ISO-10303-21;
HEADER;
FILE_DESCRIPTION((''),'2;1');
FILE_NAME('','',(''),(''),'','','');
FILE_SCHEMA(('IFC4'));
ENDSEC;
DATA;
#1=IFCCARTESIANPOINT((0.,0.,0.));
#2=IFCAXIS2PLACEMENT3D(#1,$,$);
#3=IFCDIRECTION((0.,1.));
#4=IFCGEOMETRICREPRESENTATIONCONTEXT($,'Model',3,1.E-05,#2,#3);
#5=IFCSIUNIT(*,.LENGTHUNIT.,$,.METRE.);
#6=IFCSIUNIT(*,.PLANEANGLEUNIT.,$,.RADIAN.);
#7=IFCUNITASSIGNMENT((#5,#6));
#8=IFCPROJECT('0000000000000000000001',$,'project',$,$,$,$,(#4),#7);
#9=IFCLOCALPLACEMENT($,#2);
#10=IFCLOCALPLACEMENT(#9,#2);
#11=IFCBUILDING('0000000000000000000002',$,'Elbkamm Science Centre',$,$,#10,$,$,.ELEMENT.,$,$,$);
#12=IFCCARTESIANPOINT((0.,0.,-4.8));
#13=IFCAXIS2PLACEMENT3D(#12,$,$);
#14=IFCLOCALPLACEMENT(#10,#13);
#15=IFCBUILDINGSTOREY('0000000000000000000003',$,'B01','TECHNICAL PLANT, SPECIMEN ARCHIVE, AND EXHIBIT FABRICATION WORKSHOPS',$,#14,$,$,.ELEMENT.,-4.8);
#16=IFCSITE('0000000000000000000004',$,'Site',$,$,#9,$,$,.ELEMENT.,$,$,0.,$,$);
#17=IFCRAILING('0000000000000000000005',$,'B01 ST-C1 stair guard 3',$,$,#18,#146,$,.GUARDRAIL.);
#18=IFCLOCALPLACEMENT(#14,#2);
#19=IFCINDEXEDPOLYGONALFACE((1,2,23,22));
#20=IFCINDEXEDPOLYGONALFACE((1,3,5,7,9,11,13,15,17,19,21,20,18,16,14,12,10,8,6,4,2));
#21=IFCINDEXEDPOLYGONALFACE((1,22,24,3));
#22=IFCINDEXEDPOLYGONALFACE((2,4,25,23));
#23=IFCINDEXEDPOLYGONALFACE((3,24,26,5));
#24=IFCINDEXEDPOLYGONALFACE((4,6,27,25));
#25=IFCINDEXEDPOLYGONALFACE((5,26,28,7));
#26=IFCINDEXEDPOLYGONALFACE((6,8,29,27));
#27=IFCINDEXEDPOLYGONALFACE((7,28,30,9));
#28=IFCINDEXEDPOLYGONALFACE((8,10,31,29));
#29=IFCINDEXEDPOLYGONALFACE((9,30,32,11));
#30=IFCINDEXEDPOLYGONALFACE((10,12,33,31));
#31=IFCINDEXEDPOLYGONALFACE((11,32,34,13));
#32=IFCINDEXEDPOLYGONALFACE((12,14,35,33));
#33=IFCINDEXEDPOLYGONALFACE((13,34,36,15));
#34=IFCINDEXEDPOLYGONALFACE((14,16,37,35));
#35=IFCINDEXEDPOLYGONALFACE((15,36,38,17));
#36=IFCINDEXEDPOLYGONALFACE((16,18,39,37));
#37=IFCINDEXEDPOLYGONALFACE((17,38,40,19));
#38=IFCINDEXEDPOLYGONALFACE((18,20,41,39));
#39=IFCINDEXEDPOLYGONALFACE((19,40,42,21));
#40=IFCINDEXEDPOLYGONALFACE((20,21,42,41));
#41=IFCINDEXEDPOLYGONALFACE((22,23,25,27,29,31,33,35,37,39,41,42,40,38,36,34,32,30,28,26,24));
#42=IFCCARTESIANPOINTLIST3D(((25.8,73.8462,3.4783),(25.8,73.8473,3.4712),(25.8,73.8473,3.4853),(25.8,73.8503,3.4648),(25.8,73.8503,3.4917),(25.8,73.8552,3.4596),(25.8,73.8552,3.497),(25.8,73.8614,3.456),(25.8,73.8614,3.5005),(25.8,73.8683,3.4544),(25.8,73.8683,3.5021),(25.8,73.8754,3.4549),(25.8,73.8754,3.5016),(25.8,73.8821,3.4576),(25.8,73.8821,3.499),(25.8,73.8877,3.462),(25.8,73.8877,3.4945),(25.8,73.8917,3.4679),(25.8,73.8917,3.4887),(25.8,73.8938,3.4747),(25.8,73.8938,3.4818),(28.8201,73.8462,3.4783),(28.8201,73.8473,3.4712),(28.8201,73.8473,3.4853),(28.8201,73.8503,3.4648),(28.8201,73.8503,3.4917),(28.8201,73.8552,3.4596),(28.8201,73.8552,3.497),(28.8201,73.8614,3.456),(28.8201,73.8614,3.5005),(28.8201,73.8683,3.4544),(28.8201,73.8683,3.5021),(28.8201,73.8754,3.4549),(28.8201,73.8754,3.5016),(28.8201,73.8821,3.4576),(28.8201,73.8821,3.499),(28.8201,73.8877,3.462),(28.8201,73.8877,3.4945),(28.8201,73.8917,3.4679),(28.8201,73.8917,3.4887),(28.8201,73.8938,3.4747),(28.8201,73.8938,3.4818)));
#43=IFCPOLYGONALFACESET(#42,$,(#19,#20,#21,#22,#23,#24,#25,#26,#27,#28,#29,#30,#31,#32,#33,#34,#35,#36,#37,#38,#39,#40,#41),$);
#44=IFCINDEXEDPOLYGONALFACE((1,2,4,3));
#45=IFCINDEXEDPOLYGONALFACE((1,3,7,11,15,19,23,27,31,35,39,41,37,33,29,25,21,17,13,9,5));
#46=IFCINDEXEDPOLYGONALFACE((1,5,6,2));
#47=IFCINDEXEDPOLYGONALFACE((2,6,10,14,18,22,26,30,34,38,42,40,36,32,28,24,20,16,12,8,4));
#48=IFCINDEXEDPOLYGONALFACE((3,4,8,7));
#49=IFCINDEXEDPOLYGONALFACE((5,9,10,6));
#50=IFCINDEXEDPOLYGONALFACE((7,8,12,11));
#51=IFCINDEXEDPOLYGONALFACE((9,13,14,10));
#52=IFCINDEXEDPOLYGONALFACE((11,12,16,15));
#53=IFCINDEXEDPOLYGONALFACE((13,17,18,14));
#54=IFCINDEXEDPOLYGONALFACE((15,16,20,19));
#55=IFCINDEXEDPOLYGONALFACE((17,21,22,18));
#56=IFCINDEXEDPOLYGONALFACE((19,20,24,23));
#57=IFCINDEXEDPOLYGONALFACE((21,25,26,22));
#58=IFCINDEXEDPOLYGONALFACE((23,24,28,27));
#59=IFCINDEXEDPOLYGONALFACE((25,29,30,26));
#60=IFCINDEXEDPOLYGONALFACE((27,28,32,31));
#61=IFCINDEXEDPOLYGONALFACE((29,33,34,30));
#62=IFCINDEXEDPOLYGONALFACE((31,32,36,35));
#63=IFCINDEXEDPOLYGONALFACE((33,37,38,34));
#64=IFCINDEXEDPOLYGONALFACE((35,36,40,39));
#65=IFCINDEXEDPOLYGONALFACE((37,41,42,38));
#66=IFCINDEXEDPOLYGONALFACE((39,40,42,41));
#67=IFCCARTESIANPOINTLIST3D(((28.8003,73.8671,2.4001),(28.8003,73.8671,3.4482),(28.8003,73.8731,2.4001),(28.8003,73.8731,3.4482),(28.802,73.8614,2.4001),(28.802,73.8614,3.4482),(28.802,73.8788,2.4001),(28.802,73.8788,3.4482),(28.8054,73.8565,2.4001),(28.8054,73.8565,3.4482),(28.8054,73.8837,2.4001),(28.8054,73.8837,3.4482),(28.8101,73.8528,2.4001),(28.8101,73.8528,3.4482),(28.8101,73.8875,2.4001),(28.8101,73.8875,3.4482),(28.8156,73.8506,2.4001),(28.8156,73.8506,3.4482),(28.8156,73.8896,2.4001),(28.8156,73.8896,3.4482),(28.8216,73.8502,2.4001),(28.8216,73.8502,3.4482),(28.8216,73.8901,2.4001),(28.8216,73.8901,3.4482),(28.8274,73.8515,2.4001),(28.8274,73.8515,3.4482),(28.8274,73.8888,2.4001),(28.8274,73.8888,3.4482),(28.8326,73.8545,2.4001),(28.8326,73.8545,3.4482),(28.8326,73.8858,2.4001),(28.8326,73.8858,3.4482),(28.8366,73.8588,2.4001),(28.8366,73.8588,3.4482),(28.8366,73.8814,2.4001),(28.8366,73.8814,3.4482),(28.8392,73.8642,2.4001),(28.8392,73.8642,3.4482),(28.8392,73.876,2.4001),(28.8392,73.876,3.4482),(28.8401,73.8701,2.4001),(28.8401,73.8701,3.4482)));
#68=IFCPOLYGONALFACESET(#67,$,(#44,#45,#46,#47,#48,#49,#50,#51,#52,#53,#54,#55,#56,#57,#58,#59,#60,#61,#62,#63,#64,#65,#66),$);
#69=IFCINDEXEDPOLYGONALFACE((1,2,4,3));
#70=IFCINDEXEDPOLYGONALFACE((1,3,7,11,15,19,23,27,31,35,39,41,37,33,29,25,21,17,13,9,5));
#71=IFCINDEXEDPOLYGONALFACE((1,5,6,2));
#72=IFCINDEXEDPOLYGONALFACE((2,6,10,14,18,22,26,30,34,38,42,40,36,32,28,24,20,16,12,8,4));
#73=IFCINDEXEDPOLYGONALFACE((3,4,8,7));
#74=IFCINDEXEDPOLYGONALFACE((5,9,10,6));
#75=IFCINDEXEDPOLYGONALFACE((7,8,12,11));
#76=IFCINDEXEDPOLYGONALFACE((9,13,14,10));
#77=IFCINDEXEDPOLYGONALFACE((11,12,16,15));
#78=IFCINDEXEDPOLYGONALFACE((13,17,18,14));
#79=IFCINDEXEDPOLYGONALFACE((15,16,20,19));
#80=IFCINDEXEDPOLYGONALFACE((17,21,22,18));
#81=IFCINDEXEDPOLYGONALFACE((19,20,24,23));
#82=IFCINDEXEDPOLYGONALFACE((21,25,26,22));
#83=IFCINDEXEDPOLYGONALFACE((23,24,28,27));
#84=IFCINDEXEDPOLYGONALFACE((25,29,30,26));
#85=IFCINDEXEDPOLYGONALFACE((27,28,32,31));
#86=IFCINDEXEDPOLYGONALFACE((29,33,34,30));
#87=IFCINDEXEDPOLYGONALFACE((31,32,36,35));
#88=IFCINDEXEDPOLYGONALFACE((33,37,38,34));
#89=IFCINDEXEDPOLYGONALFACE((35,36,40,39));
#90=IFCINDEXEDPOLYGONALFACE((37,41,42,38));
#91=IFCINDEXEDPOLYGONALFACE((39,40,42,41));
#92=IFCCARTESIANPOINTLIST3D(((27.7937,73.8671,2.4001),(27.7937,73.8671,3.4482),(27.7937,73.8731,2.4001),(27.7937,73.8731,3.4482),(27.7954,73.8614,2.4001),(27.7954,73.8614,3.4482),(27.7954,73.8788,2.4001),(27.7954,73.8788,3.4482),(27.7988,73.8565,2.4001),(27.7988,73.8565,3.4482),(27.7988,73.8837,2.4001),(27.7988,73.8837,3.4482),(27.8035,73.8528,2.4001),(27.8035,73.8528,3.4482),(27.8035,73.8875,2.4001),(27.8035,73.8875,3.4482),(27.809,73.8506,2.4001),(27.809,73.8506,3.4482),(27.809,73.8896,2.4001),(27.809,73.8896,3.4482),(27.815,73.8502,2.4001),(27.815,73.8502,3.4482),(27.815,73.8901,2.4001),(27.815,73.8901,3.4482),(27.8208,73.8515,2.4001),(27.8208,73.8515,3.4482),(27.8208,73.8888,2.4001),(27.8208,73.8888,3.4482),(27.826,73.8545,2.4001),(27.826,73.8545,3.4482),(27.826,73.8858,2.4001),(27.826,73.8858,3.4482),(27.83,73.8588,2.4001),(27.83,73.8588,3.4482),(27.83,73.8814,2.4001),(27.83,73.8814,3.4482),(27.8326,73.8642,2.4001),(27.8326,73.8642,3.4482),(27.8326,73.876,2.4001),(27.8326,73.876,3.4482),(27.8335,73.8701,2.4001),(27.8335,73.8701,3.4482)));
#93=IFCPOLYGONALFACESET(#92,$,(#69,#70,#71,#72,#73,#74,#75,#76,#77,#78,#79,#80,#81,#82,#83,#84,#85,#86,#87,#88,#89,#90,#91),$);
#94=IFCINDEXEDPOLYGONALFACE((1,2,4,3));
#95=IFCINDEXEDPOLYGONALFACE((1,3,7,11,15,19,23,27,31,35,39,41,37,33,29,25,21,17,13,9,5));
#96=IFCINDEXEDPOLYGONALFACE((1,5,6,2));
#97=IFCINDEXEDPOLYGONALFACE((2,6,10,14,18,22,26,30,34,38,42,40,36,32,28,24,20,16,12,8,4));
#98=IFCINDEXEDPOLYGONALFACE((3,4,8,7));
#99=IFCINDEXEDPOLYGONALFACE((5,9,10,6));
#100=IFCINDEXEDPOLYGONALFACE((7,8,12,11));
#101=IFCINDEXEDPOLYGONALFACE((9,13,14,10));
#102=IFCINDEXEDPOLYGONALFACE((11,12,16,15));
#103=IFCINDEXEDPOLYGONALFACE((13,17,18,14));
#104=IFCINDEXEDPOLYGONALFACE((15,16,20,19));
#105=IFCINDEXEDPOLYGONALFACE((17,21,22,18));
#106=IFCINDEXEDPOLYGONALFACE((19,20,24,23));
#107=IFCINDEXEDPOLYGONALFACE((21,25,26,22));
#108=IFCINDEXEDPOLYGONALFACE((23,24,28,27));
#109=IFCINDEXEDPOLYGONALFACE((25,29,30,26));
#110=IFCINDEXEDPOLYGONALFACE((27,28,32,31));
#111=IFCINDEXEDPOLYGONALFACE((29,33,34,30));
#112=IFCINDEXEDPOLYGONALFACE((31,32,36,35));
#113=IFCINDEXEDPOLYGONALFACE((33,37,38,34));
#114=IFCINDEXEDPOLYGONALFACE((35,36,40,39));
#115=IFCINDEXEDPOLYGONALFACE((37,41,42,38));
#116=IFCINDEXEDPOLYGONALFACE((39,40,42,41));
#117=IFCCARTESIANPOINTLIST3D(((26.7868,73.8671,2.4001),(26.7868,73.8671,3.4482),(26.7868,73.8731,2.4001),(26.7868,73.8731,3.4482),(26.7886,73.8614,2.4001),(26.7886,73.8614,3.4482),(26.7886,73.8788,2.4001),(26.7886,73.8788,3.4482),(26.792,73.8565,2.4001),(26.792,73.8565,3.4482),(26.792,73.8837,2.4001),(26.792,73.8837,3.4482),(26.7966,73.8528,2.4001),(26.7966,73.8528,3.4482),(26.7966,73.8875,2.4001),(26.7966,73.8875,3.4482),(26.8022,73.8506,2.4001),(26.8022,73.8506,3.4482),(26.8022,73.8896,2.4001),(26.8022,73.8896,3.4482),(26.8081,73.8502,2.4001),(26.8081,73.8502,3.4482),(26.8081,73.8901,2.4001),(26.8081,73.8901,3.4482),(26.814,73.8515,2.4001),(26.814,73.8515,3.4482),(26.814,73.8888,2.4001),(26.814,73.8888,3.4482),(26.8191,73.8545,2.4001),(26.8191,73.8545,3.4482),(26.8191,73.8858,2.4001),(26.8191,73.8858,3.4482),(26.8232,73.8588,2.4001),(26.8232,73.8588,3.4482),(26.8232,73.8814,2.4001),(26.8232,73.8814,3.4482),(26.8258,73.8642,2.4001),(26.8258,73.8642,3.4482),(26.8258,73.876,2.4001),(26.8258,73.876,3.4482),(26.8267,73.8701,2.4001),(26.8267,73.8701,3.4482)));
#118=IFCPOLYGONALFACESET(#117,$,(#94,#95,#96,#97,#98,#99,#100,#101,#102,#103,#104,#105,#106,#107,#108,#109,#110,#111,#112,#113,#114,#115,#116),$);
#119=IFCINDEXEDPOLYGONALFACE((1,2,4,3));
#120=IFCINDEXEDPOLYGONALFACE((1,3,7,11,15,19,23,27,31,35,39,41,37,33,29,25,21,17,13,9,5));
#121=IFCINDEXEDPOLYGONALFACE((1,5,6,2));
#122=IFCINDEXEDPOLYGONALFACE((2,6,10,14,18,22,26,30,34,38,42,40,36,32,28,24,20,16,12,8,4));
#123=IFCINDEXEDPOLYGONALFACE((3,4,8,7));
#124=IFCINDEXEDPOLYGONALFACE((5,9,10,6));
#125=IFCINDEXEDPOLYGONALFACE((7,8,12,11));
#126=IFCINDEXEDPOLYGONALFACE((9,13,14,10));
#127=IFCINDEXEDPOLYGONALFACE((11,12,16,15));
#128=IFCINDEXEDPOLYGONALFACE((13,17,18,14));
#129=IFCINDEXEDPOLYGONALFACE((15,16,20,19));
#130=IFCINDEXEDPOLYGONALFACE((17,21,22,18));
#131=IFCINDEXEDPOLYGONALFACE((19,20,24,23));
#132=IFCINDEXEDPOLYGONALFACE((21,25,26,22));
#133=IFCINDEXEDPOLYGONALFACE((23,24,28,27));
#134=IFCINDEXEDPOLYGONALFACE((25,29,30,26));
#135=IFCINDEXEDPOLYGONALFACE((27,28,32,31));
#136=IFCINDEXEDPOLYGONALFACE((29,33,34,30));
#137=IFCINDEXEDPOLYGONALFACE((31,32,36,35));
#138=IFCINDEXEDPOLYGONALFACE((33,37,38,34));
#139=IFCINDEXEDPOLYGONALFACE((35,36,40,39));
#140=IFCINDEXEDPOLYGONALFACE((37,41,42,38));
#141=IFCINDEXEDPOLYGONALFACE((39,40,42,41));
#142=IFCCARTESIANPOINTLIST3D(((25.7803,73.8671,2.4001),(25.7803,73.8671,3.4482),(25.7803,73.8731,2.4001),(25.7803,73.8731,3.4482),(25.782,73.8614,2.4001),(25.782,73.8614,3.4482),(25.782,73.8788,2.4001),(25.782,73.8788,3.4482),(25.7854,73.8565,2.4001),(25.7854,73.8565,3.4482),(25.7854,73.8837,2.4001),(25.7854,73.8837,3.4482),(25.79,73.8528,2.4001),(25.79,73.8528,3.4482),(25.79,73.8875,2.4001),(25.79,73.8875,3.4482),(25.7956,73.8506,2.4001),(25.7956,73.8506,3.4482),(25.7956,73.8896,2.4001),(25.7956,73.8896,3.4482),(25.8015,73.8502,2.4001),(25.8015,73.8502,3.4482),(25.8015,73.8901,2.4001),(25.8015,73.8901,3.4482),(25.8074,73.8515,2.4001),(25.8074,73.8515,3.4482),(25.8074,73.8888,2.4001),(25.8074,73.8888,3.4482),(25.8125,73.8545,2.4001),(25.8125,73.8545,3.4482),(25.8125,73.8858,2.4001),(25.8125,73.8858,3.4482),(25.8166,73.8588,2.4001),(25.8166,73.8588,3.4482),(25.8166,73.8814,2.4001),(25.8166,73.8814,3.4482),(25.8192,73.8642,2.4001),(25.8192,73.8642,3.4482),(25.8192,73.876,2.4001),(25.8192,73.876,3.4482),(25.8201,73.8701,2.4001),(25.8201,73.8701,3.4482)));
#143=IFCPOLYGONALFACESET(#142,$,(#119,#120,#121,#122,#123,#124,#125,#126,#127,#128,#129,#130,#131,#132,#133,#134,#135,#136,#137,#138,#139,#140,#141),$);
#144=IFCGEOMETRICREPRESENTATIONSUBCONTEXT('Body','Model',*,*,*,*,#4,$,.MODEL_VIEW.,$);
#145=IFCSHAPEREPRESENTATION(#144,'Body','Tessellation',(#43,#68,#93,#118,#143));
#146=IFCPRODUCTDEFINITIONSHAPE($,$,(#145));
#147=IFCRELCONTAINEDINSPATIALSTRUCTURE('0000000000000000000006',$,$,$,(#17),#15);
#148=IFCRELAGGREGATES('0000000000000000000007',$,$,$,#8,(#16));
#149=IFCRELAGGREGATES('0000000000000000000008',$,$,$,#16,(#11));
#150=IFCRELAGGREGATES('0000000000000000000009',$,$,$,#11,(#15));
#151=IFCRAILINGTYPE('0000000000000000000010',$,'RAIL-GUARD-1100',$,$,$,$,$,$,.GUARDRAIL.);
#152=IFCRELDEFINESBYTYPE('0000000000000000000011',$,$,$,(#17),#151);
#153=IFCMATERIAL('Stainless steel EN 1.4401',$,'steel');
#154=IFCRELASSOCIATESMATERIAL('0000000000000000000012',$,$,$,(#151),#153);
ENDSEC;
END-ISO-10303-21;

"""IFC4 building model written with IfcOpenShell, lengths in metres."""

from ifc_helpers import new_model, si_unit, direction, frame, origin, origin_2d, place, context, subcontext, project, spatial, circle, extrude, material, type_object, element, save


model = new_model("IFC4")

# Units and contexts
model_context = context("Model", 3, precision=1e-05, world=origin(), true_north=direction((0.0, 1.0)))
body_context = subcontext(model_context, "Body", "Model", "MODEL_VIEW")
ifc_project = project(units=[si_unit("LENGTHUNIT", "METRE"), si_unit("PLANEANGLEUNIT", "RADIAN")], contexts=[model_context])

# Site, building, storey
site_placement = place(None, origin())
site = spatial("IfcSite", under=ifc_project, at=site_placement, Name="Site", CompositionType="ELEMENT", RefElevation=0.0)
building_placement = place(site_placement, origin())
building = spatial("IfcBuilding", under=site, at=building_placement, Name="Elbkamm Science Centre", CompositionType="ELEMENT")
storey_placement = place(building_placement, frame((0.0, 0.0, -4.8)))
storey = spatial("IfcBuildingStorey", under=building, at=storey_placement, Name="B01", Description="TECHNICAL PLANT, SPECIMEN ARCHIVE, AND EXHIBIT FABRICATION WORKSHOPS", CompositionType="ELEMENT", Elevation=-4.8)

# Railing
ifc_material_1 = material(Name="Stainless steel EN 1.4401", Category="steel")
railing_type_1 = type_object("IfcRailingType", Name="RAIL-GUARD-1100", PredefinedType="GUARDRAIL", material=ifc_material_1)
for number, where, name in (
    (1, (28.8201, 73.8701, 2.4001), "B01 ST-C1 stair guard 3"),
):
    element("IfcRailing", number, at=place(storey_placement, frame(where)), inside=storey, type_object=railing_type_1, Name=name, PredefinedType="GUARDRAIL", context=body_context, shape_type="SweptSolid", body=[
        extrude(circle(Radius=0.0239, at=origin_2d()), frame((0.0, 0.0, 1.0781), z_axis=(-1.0, 0.0, 0.0), x_axis=(0.0, -1.0, 0.0)), (0.0, 0.0, 1.0), 3.02),
        extrude(circle(Radius=0.02, at=origin_2d()), origin(), (0.0, 0.0, 1.0), 1.0481),
        extrude(circle(Radius=0.02, at=origin_2d()), frame((-1.0066, 0.0, 0.0)), (0.0, 0.0, 1.0), 1.0481),
        extrude(circle(Radius=0.02, at=origin_2d()), frame((-2.0134, 0.0, 0.0)), (0.0, 0.0, 1.0), 1.0481),
        extrude(circle(Radius=0.02, at=origin_2d()), frame((-3.02, 0.0, 0.0)), (0.0, 0.0, 1.0), 1.0481),
    ])

save(model, "model.ifc")
